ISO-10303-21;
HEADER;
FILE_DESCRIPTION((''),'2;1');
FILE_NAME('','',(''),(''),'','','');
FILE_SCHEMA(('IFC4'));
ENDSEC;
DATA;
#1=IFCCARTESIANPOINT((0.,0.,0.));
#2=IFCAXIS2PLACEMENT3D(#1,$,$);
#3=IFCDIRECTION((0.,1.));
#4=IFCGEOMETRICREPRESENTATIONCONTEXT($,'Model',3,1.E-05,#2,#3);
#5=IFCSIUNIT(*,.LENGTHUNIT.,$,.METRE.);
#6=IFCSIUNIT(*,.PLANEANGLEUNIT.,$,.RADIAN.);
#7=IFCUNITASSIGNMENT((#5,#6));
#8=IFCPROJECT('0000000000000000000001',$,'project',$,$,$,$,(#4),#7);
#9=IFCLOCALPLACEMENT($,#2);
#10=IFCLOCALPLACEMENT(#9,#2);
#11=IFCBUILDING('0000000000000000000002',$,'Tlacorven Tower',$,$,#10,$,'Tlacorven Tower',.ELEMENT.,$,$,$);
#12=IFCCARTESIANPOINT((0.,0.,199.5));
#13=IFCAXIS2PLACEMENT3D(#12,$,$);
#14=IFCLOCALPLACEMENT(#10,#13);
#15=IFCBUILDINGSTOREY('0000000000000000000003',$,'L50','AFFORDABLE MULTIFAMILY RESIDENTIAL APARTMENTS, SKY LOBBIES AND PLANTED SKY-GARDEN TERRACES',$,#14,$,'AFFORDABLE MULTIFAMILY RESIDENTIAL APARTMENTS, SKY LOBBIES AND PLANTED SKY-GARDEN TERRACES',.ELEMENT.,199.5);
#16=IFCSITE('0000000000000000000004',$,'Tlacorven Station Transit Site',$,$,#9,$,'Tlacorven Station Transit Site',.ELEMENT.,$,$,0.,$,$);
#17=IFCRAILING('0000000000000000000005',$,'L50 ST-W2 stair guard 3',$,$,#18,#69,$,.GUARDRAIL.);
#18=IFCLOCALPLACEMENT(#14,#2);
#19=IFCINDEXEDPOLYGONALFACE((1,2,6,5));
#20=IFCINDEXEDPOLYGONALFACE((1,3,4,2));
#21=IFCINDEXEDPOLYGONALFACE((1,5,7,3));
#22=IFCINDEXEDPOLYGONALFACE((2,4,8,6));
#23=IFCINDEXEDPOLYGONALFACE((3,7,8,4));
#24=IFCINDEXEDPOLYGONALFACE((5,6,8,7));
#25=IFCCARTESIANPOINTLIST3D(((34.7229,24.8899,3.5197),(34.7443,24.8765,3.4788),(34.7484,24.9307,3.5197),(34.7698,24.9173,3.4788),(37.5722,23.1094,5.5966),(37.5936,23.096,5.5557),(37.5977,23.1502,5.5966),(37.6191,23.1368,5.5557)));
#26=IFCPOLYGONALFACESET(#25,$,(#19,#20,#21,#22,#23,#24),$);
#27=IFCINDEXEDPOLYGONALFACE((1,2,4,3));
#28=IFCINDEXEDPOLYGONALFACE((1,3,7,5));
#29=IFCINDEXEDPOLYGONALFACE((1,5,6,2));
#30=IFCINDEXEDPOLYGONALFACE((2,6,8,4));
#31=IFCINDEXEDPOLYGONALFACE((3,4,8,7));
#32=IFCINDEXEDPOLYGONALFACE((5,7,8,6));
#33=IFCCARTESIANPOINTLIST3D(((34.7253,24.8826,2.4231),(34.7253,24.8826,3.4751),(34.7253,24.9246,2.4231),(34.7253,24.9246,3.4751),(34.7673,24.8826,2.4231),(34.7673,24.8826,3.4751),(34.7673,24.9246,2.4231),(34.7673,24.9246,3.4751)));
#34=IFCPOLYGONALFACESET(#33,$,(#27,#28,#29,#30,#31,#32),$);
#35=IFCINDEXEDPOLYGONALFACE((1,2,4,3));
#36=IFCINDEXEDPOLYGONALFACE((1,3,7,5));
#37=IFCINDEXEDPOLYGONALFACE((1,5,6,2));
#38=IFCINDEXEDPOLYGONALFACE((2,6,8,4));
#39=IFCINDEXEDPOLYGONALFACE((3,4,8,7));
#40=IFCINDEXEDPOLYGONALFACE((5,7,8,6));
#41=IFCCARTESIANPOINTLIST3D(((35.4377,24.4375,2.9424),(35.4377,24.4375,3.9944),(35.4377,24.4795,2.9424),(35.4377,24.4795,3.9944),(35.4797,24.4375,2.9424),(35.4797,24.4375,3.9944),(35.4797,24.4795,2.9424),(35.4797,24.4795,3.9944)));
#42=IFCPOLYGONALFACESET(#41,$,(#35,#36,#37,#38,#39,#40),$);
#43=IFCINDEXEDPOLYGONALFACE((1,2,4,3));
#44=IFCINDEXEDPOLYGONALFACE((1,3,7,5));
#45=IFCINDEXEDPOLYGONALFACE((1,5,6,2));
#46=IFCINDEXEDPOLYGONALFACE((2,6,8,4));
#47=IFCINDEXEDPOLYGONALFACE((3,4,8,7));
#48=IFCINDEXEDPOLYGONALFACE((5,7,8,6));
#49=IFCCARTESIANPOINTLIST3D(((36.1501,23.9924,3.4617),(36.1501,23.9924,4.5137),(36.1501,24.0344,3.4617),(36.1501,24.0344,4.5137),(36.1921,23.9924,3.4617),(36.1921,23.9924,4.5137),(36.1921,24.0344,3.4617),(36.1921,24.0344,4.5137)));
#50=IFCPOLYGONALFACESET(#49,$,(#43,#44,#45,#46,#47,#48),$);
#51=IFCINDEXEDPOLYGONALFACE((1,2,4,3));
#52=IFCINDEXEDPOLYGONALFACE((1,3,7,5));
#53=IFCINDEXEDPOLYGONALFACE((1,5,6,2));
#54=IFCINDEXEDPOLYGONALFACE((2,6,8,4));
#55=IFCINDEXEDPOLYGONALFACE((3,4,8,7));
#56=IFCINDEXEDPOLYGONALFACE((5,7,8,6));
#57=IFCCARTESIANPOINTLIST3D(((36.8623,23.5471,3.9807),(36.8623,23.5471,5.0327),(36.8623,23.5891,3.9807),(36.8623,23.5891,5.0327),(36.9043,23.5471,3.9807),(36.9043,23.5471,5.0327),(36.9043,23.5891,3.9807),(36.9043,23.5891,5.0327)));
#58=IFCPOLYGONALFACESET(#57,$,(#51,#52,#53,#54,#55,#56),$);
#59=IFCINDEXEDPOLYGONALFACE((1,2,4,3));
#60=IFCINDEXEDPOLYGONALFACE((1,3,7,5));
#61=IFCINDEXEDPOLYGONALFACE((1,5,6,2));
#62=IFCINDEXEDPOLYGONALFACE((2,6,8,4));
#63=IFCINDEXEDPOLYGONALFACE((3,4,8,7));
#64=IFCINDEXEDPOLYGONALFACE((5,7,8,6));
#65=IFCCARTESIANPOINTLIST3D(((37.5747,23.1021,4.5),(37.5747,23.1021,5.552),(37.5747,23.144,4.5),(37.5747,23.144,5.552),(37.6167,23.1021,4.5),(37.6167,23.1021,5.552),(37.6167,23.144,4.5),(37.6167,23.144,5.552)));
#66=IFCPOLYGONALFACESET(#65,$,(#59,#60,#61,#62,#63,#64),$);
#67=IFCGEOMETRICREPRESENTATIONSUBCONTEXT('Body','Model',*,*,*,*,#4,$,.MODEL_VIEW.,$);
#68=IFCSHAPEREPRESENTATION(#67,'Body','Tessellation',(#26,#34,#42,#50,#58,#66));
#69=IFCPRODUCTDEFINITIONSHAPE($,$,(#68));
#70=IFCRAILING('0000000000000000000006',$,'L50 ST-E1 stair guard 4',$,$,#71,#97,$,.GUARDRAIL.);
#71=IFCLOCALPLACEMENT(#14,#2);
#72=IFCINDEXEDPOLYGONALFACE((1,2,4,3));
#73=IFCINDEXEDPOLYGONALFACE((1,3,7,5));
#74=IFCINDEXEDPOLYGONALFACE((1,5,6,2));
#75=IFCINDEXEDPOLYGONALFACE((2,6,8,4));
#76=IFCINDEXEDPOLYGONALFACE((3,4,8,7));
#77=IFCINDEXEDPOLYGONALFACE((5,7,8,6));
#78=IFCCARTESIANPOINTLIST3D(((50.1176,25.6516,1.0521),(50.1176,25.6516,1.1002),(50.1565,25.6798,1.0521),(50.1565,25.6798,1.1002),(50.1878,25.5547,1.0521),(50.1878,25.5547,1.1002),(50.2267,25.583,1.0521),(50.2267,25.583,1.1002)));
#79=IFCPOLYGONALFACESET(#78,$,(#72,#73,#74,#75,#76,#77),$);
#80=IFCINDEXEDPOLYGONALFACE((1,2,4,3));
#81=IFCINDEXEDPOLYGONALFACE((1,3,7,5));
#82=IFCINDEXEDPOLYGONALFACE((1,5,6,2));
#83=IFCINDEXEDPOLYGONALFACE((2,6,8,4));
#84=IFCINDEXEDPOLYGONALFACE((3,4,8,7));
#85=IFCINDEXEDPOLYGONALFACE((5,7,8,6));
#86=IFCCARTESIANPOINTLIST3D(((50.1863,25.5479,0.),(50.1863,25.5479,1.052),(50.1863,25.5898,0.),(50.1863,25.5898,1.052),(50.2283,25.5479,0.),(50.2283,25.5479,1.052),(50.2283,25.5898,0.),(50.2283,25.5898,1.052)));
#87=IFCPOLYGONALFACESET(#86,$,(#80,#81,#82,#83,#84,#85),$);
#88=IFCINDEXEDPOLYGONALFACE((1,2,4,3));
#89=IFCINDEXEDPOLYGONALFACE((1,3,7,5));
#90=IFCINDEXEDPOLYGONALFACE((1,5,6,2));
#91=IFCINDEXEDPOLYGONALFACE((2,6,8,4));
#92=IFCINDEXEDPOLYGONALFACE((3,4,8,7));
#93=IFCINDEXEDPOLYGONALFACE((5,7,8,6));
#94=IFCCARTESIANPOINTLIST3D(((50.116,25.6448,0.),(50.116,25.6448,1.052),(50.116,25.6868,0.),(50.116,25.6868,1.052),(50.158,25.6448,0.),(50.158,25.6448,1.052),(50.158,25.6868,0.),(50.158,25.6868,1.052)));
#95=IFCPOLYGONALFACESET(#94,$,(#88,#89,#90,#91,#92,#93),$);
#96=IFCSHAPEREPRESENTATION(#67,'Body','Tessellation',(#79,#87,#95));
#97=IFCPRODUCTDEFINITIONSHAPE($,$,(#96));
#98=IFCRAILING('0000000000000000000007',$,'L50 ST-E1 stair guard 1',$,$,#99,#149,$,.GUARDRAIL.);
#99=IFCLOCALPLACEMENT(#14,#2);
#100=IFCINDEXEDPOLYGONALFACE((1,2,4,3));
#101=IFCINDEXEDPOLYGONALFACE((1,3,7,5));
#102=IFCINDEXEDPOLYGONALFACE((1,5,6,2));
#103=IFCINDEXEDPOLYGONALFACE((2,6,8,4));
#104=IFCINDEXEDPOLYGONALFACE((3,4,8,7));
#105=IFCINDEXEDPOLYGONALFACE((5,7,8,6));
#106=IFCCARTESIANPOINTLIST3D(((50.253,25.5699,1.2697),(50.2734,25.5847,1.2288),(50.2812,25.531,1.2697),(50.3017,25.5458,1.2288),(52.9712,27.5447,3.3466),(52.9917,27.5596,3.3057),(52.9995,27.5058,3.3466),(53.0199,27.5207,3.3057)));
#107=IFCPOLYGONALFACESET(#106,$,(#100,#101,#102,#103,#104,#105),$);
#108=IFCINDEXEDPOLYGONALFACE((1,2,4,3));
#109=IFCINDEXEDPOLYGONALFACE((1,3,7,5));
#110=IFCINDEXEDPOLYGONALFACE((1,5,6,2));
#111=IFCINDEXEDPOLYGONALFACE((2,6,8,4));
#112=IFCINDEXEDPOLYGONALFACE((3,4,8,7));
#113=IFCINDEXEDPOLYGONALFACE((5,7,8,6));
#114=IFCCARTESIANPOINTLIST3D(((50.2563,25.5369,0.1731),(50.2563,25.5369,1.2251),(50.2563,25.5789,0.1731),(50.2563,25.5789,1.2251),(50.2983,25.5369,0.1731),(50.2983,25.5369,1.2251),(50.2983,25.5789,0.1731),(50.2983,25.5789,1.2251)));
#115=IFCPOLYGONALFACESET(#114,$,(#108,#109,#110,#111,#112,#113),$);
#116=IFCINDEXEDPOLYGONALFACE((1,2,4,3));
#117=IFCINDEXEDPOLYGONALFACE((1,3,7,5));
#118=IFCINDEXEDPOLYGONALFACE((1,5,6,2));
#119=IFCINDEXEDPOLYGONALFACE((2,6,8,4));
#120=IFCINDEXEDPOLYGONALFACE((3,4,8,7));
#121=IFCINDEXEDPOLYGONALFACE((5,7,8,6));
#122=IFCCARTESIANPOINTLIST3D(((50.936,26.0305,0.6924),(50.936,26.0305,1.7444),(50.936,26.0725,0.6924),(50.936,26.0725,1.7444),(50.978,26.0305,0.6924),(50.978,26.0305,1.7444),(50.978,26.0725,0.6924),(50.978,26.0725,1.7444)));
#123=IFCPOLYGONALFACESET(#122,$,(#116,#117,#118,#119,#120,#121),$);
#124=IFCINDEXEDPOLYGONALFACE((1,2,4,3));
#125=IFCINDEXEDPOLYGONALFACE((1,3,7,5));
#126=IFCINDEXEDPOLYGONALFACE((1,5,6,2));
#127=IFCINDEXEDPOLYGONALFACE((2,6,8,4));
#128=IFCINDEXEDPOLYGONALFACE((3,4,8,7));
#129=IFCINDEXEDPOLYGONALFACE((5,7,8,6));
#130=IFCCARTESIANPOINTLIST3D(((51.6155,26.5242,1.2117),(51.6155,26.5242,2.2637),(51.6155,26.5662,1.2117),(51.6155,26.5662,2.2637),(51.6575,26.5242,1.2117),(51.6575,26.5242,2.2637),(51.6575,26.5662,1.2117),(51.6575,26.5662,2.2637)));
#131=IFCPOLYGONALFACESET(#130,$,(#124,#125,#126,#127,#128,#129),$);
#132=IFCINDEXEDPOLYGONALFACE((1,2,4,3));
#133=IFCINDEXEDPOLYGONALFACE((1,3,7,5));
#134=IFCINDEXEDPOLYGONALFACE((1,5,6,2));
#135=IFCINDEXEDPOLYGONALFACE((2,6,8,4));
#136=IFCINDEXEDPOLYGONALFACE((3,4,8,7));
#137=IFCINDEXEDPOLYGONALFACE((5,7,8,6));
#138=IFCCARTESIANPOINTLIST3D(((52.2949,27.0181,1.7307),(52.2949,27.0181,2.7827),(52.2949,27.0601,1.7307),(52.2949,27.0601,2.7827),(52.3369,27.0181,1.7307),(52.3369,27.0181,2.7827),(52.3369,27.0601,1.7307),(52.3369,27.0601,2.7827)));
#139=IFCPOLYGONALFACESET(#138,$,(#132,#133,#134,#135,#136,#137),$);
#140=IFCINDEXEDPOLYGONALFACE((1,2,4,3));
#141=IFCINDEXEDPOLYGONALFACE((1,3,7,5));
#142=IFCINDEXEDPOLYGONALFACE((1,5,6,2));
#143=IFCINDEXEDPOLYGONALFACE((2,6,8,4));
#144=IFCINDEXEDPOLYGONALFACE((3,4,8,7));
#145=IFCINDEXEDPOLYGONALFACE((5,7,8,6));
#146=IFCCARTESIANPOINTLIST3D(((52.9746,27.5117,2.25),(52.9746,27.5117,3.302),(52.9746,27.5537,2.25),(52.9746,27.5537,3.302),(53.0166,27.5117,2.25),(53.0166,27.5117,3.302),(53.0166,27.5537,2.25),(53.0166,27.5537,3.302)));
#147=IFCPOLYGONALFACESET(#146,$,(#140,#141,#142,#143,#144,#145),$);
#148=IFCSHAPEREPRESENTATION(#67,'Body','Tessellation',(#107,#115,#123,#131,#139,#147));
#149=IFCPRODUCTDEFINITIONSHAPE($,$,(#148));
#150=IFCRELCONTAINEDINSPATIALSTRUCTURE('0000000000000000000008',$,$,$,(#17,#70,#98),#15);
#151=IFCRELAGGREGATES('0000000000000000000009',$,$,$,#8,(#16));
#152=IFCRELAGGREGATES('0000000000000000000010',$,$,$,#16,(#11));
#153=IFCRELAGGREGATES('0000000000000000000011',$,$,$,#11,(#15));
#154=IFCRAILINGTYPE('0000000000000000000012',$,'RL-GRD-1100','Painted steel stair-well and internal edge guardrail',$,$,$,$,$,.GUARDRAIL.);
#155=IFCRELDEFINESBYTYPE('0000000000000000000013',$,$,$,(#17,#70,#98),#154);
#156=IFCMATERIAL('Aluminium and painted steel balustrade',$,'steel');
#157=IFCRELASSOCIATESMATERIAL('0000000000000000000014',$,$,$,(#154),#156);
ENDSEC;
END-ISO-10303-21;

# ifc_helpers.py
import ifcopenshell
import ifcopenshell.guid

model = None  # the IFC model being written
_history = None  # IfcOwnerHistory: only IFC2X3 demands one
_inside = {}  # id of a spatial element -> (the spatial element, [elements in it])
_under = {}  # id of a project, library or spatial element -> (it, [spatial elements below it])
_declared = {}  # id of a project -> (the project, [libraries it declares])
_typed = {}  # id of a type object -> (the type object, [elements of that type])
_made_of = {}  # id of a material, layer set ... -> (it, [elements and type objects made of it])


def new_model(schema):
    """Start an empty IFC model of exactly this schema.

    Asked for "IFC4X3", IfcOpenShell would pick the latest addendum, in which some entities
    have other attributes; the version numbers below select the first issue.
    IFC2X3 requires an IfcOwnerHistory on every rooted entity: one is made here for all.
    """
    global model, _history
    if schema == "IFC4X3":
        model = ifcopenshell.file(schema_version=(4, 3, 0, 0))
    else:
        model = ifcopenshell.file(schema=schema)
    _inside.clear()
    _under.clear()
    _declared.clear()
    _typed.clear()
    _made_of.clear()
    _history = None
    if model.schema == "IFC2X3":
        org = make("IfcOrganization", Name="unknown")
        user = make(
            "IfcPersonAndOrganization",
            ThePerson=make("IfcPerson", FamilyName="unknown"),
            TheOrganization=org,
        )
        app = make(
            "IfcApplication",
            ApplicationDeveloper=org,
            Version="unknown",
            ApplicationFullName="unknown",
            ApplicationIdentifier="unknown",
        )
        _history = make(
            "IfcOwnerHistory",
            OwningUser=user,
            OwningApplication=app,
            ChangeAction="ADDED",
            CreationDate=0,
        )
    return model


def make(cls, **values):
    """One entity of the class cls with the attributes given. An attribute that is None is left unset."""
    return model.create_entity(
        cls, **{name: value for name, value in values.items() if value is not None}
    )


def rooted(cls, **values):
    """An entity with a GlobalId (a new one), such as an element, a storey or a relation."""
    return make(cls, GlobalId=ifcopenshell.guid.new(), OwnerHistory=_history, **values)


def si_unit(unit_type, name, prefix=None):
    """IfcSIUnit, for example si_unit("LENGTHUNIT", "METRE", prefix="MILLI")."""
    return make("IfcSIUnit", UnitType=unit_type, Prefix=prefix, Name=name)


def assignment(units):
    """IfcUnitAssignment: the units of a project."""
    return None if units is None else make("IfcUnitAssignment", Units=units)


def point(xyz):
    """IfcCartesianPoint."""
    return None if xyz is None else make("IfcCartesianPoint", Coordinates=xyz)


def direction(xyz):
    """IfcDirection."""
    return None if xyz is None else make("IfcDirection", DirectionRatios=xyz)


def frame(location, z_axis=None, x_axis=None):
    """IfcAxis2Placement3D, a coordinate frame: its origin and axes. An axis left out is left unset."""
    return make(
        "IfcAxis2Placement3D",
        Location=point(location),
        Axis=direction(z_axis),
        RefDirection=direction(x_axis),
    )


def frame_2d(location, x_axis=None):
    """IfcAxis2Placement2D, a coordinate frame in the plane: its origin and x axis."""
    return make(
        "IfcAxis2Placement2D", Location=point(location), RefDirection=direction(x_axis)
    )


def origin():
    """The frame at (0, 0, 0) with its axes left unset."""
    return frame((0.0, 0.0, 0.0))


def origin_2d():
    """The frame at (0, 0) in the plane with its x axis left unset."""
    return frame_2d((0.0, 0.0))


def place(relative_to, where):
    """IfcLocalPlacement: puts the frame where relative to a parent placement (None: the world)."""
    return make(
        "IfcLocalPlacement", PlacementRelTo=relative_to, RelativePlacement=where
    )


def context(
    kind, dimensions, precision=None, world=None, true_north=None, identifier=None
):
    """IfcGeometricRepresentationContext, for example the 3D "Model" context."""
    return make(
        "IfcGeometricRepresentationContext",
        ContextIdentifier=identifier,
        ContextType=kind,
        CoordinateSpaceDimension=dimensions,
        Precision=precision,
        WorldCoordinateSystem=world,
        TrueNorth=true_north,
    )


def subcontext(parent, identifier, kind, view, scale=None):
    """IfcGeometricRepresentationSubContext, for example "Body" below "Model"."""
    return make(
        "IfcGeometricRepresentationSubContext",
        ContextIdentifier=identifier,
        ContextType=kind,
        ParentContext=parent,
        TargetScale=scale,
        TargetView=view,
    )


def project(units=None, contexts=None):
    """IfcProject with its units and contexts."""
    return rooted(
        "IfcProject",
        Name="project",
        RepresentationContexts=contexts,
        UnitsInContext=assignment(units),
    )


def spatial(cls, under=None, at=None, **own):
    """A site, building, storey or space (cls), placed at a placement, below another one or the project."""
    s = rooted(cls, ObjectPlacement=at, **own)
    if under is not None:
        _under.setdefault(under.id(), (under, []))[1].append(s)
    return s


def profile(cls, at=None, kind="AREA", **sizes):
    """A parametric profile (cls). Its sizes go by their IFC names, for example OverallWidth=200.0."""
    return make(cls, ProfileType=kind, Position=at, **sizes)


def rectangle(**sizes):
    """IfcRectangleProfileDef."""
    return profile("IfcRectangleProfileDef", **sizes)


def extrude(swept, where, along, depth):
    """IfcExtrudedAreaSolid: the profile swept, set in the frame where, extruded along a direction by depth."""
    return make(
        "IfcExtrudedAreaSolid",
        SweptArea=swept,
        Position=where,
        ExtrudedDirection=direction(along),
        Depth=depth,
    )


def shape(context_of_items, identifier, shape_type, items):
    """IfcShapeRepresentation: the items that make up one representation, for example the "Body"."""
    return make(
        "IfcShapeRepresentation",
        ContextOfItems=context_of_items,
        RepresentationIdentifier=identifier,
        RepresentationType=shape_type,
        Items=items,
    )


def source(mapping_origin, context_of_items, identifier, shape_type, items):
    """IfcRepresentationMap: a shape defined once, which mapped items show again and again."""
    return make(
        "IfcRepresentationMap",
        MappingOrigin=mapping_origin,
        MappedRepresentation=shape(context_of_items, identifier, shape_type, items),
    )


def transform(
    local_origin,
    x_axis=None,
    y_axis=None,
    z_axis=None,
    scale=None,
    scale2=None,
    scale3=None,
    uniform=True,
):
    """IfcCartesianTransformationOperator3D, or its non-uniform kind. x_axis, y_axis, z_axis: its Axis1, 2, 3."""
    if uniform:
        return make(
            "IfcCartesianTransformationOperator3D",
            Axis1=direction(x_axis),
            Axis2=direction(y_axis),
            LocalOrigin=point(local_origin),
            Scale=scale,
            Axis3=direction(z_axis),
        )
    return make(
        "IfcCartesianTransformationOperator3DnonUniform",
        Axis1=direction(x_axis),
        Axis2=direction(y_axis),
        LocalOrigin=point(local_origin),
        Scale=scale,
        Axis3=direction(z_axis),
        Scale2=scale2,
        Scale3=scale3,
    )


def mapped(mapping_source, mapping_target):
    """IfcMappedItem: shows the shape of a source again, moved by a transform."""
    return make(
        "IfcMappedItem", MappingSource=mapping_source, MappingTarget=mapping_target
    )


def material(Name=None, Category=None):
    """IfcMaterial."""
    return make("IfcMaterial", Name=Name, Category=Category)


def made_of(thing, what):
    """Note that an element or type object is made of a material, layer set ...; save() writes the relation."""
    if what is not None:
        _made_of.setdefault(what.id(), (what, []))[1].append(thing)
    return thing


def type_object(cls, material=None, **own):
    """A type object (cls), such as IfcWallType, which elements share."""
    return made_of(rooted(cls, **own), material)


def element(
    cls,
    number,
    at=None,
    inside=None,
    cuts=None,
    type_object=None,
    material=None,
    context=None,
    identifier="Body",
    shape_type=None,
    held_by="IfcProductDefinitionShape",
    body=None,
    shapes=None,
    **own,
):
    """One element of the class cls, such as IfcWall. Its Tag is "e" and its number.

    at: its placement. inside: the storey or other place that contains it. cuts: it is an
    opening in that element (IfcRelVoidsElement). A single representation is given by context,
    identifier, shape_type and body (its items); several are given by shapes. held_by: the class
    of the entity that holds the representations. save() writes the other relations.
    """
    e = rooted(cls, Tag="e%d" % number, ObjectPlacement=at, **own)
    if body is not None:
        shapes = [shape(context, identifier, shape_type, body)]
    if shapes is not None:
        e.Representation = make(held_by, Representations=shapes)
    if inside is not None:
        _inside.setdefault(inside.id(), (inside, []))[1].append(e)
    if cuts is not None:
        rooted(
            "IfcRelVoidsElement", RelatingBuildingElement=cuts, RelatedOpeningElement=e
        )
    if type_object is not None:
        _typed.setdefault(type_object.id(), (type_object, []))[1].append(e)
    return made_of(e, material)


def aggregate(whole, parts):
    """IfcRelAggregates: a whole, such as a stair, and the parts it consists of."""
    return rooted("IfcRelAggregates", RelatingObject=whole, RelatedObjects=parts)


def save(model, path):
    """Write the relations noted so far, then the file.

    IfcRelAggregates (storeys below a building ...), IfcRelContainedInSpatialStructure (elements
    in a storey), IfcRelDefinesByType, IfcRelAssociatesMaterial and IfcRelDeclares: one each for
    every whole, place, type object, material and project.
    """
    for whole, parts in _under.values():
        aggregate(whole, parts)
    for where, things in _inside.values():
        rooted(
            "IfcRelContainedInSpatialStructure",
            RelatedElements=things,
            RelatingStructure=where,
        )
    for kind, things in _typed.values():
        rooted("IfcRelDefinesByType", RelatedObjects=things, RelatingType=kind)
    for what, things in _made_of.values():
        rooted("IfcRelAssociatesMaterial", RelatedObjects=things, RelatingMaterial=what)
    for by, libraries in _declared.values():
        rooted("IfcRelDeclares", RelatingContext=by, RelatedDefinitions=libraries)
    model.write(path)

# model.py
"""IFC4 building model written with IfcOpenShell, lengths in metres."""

from ifc_helpers import new_model, si_unit, direction, frame, origin, origin_2d, place, context, subcontext, project, spatial, rectangle, extrude, source, transform, mapped, material, type_object, element, save


model = new_model("IFC4")

# Units and contexts
model_context = context("Model", 3, precision=1e-05, world=origin(), true_north=direction((0.0, 1.0)))
body_context = subcontext(model_context, "Body", "Model", "MODEL_VIEW")
ifc_project = project(units=[si_unit("LENGTHUNIT", "METRE"), si_unit("PLANEANGLEUNIT", "RADIAN")], contexts=[model_context])

# Site, building, storey
site_placement = place(None, origin())
site = spatial("IfcSite", under=ifc_project, at=site_placement, Name="Tlacorven Station Transit Site", LongName="Tlacorven Station Transit Site", CompositionType="ELEMENT", RefElevation=0.0)
building_placement = place(site_placement, origin())
building = spatial("IfcBuilding", under=site, at=building_placement, Name="Tlacorven Tower", LongName="Tlacorven Tower", CompositionType="ELEMENT")
storey_placement = place(building_placement, frame((0.0, 0.0, 199.5)))
storey = spatial("IfcBuildingStorey", under=building, at=storey_placement, Name="L50", Description="AFFORDABLE MULTIFAMILY RESIDENTIAL APARTMENTS, SKY LOBBIES AND PLANTED SKY-GARDEN TERRACES", LongName="AFFORDABLE MULTIFAMILY RESIDENTIAL APARTMENTS, SKY LOBBIES AND PLANTED SKY-GARDEN TERRACES", CompositionType="ELEMENT", Elevation=199.5)

# Railings
ifc_material_1 = material(Name="Aluminium and painted steel balustrade", Category="steel")
railing_type_1 = type_object("IfcRailingType", Name="RL-GRD-1100", Description="Painted steel stair-well and internal edge guardrail", PredefinedType="GUARDRAIL", material=ifc_material_1)
shared_shape_1 = source(origin(), body_context, "Body", "SweptSolid", [
    extrude(rectangle(XDim=0.0481, YDim=0.0481, at=origin_2d()), frame((0.0, 0.0, 1.0762), z_axis=(0.721355, -0.450762, 0.525796), x_axis=(0.529927, 0.848043, 0.0)), (0.0, 0.0, 1.0), 3.95),
    extrude(rectangle(XDim=0.042, YDim=0.042, at=origin_2d()), origin(), (0.0, 0.0, 1.0), 1.052),
    extrude(rectangle(XDim=0.042, YDim=0.042, at=origin_2d()), frame((0.7124, -0.4451, 0.5193)), (0.0, 0.0, 1.0), 1.052),
    extrude(rectangle(XDim=0.042, YDim=0.042, at=origin_2d()), frame((1.4248, -0.8901, 1.0386)), (0.0, 0.0, 1.0), 1.052),
    extrude(rectangle(XDim=0.042, YDim=0.042, at=origin_2d()), frame((2.137, -1.3354, 1.5576)), (0.0, 0.0, 1.0), 1.052),
    extrude(rectangle(XDim=0.042, YDim=0.042, at=origin_2d()), frame((2.8494, -1.7805, 2.0769)), (0.0, 0.0, 1.0), 1.052),
])
railing_1_placement = place(storey_placement, frame((34.7463, 24.9036, 2.4231)))
element("IfcRailing", 1, at=railing_1_placement, inside=storey, type_object=railing_type_1, Name="L50 ST-W2 stair guard 3", PredefinedType="GUARDRAIL", context=body_context, shape_type="MappedRepresentation", body=[
    mapped(shared_shape_1, transform((0.0, 0.0, 0.0), scale=1.0)),
])
shared_shape_2 = source(origin(), body_context, "Body", "SweptSolid", [
    extrude(rectangle(XDim=0.0481, YDim=0.0481, at=origin_2d()), frame((0.0, 0.0, 1.0762), z_axis=(-0.587201, 0.809441, 0.0), x_axis=(-0.809441, -0.587201, 0.0)), (0.0, 0.0, 1.0), 0.1196),
    extrude(rectangle(XDim=0.042, YDim=0.042, at=origin_2d()), origin(), (0.0, 0.0, 1.0), 1.052),
    extrude(rectangle(XDim=0.042, YDim=0.042, at=origin_2d()), frame((-0.0703, 0.0969, 0.0)), (0.0, 0.0, 1.0), 1.052),
])
railing_2_placement = place(storey_placement, frame((50.2073, 25.5688, 0.0)))
element("IfcRailing", 2, at=railing_2_placement, inside=storey, type_object=railing_type_1, Name="L50 ST-E1 stair guard 4", PredefinedType="GUARDRAIL", context=body_context, shape_type="MappedRepresentation", body=[
    mapped(shared_shape_2, transform((0.0, 0.0, 0.0), scale=1.0)),
])
shared_shape_3 = source(origin(), body_context, "Body", "SweptSolid", [
    extrude(rectangle(XDim=0.0481, YDim=0.0481, at=origin_2d()), frame((0.0, 0.0, 1.0762), z_axis=(0.688167, 0.499963, 0.525798), x_axis=(-0.58777, 0.809028, 0.0)), (0.0, 0.0, 1.0), 3.95),
    extrude(rectangle(XDim=0.042, YDim=0.042, at=origin_2d()), origin(), (0.0, 0.0, 1.0), 1.052),
    extrude(rectangle(XDim=0.042, YDim=0.042, at=origin_2d()), frame((0.6797, 0.4937, 0.5193)), (0.0, 0.0, 1.0), 1.052),
    extrude(rectangle(XDim=0.042, YDim=0.042, at=origin_2d()), frame((1.3591, 0.9873, 1.0386)), (0.0, 0.0, 1.0), 1.052),
    extrude(rectangle(XDim=0.042, YDim=0.042, at=origin_2d()), frame((2.0386, 1.4812, 1.5576)), (0.0, 0.0, 1.0), 1.052),
    extrude(rectangle(XDim=0.042, YDim=0.042, at=origin_2d()), frame((2.7183, 1.9749, 2.0769)), (0.0, 0.0, 1.0), 1.052),
])
railing_3_placement = place(storey_placement, frame((50.2773, 25.5579, 0.1731)))
element("IfcRailing", 3, at=railing_3_placement, inside=storey, type_object=railing_type_1, Name="L50 ST-E1 stair guard 1", PredefinedType="GUARDRAIL", context=body_context, shape_type="MappedRepresentation", body=[
    mapped(shared_shape_3, transform((0.0, 0.0, 0.0), scale=1.0)),
])

save(model, "model.ifc")
